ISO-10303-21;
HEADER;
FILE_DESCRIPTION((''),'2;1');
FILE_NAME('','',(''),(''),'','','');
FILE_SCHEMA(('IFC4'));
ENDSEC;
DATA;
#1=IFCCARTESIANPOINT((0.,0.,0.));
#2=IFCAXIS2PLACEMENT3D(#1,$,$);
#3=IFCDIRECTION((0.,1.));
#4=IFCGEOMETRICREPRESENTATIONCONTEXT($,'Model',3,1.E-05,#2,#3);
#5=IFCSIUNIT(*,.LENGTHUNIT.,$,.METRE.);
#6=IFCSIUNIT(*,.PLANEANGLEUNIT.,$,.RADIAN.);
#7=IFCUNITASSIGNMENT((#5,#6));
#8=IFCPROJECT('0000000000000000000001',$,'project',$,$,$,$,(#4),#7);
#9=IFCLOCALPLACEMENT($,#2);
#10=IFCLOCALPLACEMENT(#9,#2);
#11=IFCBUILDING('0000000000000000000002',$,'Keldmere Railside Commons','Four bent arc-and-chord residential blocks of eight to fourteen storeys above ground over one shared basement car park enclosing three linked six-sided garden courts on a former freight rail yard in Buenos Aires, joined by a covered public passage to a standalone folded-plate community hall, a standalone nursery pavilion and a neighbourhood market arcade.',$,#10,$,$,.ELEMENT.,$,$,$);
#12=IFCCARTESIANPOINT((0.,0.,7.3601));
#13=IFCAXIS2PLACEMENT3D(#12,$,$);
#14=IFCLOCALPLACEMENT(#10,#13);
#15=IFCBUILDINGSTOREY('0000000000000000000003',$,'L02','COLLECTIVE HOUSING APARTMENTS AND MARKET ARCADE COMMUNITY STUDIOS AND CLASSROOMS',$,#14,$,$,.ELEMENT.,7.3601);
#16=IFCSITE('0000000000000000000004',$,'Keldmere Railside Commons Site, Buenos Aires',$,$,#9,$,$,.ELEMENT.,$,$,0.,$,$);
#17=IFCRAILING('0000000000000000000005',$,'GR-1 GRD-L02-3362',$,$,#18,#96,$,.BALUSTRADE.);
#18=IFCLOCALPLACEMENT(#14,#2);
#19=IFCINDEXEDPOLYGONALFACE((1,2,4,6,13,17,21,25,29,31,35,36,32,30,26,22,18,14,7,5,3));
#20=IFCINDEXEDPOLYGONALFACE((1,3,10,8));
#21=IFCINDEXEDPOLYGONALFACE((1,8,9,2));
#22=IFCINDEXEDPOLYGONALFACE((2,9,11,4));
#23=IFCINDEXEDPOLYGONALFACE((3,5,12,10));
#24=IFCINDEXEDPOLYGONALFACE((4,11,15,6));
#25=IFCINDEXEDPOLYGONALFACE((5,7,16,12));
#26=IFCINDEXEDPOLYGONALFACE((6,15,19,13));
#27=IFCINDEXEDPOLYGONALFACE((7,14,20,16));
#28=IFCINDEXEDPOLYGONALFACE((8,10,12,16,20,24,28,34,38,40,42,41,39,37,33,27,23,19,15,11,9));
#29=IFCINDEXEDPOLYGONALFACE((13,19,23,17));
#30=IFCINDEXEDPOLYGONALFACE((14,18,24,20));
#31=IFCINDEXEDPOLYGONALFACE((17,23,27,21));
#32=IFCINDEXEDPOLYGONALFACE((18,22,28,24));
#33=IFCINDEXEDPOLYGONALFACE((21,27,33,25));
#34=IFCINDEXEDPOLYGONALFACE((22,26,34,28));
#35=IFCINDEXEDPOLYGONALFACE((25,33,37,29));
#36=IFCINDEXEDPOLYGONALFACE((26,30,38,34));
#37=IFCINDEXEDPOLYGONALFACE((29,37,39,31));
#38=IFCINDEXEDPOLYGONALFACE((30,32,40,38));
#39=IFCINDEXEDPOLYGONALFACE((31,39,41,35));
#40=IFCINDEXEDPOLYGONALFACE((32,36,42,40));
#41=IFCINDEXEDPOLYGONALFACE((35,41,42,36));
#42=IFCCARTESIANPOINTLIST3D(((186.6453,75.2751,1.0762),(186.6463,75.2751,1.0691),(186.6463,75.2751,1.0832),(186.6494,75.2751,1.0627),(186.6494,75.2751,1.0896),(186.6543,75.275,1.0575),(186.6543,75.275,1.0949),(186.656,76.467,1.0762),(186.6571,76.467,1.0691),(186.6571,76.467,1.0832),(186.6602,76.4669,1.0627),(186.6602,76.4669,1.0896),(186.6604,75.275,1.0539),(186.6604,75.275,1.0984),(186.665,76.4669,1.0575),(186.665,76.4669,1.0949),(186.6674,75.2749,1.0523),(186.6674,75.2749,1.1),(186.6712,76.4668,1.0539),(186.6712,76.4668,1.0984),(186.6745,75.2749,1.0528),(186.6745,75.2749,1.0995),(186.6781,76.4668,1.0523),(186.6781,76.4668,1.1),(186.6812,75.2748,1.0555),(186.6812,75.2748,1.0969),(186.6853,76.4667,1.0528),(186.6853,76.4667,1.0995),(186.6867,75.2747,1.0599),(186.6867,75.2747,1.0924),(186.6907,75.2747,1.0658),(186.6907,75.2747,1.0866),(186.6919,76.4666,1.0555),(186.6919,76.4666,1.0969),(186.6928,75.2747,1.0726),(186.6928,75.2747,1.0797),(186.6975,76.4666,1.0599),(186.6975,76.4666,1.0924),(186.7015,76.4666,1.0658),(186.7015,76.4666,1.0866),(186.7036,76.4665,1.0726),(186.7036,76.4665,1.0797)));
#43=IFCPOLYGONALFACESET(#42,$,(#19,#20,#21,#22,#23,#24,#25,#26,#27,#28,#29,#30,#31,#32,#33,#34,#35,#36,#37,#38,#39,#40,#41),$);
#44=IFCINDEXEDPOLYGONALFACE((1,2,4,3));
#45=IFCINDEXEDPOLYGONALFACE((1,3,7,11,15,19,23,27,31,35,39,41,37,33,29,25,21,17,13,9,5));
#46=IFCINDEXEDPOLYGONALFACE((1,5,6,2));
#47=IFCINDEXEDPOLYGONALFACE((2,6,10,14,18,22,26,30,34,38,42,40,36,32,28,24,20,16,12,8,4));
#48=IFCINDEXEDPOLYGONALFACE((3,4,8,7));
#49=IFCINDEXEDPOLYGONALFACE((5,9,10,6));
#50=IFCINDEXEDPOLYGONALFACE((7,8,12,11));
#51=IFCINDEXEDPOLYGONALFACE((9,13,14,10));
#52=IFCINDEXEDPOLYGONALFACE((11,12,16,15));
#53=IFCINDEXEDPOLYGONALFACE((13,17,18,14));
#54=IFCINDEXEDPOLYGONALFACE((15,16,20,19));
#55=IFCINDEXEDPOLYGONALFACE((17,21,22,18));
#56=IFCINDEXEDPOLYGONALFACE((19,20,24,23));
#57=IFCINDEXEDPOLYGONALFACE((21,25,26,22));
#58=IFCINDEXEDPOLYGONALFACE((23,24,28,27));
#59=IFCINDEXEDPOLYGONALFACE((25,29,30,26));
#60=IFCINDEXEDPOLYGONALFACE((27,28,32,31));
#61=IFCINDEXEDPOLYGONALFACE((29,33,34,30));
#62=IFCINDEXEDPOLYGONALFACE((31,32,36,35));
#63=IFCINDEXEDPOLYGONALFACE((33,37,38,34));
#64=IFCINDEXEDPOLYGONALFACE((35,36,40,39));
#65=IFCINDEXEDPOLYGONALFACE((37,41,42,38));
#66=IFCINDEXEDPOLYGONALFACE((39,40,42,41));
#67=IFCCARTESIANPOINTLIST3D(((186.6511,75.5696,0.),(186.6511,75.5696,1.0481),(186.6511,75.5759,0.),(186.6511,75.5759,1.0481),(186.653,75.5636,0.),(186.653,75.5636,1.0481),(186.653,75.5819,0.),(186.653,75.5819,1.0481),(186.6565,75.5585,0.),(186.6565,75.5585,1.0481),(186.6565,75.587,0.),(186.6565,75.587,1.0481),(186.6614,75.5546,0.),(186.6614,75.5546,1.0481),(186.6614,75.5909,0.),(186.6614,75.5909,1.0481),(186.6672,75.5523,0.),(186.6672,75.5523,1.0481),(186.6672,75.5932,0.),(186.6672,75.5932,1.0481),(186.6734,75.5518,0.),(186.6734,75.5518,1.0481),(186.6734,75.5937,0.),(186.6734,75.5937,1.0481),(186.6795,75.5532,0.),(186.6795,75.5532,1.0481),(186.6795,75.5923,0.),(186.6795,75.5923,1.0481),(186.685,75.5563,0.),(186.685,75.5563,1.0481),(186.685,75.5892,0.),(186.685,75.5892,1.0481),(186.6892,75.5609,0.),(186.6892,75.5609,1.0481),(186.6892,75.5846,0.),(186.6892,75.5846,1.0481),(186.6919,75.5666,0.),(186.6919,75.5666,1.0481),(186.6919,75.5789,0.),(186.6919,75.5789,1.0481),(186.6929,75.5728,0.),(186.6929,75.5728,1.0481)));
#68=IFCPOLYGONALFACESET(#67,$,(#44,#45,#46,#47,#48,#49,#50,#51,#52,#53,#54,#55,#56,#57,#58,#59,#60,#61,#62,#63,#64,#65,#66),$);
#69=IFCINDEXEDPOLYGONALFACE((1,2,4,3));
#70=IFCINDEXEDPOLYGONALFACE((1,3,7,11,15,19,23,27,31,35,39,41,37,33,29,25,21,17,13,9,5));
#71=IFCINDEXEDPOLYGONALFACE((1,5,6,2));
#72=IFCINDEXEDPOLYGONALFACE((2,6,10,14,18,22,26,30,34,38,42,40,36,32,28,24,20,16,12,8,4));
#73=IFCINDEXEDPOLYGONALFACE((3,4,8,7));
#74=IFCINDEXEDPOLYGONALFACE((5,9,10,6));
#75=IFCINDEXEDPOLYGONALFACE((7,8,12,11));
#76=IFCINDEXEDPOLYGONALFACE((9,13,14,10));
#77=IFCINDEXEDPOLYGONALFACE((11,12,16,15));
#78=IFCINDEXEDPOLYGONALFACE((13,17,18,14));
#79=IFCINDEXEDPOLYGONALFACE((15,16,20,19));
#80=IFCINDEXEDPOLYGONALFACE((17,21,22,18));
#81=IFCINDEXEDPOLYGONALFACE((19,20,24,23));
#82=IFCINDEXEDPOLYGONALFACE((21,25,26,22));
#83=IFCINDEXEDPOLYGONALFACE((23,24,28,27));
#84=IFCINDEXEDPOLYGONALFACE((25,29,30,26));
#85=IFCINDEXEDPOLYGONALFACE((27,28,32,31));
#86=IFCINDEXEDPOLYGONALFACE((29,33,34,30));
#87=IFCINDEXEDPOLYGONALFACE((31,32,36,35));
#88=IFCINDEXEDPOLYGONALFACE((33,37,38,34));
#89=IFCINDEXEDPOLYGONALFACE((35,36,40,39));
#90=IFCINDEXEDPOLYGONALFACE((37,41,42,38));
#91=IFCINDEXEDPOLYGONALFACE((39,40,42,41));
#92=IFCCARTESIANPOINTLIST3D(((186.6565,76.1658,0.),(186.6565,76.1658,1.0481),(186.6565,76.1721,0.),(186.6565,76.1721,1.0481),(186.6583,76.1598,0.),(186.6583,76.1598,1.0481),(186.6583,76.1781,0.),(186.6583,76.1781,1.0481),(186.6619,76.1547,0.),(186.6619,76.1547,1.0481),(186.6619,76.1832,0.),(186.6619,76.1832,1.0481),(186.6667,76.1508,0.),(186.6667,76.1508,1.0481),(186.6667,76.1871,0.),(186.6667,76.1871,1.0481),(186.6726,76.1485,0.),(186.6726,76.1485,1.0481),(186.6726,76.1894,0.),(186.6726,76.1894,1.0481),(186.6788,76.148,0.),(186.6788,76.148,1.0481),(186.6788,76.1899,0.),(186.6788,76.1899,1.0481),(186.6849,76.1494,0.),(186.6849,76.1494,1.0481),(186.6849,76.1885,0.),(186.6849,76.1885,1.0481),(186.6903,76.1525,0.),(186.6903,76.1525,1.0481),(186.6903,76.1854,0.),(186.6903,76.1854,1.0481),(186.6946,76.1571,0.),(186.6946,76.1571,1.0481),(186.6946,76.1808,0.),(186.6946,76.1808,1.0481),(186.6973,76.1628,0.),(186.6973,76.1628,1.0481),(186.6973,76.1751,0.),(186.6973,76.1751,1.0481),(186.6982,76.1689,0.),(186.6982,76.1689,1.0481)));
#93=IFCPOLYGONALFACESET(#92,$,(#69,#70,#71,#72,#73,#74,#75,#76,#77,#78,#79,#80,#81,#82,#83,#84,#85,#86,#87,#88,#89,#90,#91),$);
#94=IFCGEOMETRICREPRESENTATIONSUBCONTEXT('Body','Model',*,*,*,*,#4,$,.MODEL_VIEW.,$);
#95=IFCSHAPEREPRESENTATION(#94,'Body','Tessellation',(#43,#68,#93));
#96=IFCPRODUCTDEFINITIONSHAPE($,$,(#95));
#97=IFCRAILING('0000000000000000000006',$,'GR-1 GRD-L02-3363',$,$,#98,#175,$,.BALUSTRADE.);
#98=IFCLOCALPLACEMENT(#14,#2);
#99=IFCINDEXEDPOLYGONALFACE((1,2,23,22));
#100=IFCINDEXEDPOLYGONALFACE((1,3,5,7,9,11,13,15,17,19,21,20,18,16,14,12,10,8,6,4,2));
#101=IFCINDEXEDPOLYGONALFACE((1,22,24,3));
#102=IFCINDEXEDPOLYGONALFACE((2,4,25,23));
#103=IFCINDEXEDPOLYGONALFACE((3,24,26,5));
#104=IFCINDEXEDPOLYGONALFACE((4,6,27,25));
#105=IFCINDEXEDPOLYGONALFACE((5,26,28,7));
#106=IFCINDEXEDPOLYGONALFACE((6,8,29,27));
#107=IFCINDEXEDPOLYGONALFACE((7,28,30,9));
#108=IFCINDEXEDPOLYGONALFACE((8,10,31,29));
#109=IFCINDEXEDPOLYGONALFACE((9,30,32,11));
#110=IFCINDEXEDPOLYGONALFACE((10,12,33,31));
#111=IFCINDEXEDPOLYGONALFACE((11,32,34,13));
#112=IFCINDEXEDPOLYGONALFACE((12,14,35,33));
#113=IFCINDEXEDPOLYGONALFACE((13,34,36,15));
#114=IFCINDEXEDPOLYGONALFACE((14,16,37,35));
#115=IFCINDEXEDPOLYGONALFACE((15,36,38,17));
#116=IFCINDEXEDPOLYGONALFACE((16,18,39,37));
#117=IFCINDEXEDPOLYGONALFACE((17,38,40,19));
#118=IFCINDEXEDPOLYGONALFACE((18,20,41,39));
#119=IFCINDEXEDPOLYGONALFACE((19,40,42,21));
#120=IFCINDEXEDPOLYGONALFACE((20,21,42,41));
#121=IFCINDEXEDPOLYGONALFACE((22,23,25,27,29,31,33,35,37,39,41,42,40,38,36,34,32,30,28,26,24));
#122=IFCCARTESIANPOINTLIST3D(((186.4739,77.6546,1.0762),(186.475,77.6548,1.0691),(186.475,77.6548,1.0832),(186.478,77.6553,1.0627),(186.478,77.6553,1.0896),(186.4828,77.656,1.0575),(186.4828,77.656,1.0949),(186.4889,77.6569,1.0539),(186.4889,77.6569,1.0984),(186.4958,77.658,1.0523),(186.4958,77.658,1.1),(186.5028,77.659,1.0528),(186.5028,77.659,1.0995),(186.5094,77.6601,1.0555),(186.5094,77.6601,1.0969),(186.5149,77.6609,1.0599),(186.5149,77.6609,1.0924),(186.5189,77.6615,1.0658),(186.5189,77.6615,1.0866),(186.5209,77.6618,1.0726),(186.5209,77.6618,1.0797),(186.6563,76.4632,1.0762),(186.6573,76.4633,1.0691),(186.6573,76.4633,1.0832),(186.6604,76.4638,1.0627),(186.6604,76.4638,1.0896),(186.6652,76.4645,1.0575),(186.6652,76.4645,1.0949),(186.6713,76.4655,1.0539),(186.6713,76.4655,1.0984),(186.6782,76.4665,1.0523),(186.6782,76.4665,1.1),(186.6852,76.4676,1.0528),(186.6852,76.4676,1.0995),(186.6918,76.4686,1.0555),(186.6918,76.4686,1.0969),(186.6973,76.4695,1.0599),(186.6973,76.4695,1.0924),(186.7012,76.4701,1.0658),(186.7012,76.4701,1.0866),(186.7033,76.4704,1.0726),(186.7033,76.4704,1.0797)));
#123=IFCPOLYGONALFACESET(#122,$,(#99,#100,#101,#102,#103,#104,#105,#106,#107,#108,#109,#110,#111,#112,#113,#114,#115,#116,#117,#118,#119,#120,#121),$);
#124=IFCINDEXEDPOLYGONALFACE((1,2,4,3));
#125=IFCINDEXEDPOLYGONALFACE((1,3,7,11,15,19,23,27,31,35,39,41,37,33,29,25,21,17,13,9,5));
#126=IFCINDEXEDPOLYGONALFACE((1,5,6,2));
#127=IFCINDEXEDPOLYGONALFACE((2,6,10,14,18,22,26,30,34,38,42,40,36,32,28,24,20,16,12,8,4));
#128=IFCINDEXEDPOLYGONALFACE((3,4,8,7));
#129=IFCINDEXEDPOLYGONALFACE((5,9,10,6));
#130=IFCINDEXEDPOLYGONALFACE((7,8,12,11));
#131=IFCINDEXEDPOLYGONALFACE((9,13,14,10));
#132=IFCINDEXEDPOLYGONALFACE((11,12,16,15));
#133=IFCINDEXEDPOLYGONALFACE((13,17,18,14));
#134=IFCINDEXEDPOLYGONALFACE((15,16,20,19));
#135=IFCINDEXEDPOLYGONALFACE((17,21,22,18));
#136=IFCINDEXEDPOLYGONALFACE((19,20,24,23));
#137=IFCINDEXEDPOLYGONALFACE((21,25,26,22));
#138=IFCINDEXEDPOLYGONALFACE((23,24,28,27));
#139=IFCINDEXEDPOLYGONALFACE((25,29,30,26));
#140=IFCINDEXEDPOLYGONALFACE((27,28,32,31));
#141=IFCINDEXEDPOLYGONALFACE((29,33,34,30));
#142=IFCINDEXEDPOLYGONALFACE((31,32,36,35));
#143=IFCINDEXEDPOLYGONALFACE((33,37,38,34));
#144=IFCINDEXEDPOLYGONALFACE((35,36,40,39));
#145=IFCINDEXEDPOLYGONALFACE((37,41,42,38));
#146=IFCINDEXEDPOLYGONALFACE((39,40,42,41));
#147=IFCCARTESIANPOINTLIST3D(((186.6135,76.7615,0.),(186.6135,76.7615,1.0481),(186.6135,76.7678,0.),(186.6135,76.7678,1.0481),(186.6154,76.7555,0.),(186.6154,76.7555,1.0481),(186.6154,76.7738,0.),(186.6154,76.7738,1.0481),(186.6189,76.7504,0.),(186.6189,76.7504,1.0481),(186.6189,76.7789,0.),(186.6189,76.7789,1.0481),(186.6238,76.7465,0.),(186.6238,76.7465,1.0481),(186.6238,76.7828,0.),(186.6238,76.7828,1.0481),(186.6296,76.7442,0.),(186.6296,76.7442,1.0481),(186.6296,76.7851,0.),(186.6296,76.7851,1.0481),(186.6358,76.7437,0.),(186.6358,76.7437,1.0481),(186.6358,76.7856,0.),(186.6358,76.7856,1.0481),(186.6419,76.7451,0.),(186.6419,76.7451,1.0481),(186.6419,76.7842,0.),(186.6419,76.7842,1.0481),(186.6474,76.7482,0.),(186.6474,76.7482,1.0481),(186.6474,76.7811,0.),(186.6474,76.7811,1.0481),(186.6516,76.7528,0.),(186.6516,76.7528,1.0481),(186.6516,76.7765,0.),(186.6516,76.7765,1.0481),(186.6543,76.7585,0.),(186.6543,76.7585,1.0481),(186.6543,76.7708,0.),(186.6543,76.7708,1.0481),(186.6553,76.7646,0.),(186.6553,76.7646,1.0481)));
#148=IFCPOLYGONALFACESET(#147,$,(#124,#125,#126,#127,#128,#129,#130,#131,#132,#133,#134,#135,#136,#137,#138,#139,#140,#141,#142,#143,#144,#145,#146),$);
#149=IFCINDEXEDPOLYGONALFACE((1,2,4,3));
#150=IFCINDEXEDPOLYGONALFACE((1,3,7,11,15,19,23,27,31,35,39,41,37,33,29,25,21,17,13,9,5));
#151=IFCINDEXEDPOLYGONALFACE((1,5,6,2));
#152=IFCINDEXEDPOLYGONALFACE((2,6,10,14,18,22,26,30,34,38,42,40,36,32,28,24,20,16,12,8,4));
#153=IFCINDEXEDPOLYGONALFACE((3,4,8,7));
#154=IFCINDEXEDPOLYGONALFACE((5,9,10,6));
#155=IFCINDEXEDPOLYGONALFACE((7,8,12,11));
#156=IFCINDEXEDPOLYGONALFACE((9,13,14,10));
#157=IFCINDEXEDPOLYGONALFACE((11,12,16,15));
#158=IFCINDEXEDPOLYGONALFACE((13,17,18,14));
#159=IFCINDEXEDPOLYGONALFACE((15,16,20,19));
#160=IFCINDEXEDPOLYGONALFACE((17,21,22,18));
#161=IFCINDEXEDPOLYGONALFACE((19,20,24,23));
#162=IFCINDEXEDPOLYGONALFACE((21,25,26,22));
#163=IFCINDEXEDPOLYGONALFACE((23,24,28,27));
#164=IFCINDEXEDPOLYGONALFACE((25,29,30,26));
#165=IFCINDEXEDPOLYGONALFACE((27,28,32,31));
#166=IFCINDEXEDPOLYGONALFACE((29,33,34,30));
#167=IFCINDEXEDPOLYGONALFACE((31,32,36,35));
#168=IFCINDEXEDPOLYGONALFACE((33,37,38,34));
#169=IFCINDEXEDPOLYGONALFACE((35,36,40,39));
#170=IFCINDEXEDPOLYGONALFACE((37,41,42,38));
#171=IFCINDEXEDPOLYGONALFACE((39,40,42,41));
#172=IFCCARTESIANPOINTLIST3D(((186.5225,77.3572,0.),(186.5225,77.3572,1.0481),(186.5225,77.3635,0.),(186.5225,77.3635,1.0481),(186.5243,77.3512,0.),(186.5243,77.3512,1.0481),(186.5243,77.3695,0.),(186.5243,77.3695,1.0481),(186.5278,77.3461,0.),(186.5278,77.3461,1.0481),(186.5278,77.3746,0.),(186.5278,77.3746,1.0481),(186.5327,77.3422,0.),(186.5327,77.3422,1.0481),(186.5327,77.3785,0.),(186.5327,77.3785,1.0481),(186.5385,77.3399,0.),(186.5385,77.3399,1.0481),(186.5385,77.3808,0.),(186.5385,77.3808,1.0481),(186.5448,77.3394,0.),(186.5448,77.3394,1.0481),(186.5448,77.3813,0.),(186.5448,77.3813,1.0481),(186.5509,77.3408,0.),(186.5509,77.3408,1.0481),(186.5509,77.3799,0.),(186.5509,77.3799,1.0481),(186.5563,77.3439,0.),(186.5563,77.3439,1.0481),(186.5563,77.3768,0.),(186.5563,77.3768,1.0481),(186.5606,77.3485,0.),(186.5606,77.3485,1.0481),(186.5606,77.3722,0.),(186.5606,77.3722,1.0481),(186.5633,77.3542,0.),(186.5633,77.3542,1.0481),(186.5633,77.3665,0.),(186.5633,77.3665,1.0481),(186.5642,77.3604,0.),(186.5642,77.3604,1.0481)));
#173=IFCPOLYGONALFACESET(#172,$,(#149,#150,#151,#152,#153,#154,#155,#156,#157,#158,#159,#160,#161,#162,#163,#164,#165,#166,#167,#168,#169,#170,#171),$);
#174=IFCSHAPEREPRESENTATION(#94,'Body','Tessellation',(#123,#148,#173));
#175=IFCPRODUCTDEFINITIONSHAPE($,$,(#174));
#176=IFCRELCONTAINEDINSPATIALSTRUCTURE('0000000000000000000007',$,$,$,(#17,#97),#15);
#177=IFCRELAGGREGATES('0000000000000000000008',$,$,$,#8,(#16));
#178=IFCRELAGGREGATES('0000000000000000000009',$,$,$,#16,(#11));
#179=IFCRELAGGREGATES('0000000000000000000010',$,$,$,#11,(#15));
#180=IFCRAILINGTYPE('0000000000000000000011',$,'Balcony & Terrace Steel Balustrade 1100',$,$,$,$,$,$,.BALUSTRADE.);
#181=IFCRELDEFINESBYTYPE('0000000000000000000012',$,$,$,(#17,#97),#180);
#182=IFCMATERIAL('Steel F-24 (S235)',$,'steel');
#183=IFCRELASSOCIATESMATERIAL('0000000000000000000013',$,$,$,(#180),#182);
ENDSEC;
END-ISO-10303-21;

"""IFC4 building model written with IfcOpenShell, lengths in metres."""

from ifc_helpers import new_model, si_unit, direction, frame, origin, origin_2d, place, context, subcontext, project, spatial, circle, extrude, material, type_object, element, save


model = new_model("IFC4")

# Units and contexts
model_context = context("Model", 3, precision=1e-05, world=origin(), true_north=direction((0.0, 1.0)))
body_context = subcontext(model_context, "Body", "Model", "MODEL_VIEW")
ifc_project = project(units=[si_unit("LENGTHUNIT", "METRE"), si_unit("PLANEANGLEUNIT", "RADIAN")], contexts=[model_context])

# Site, building, storey
site_placement = place(None, origin())
site = spatial("IfcSite", under=ifc_project, at=site_placement, Name="Keldmere Railside Commons Site, Buenos Aires", CompositionType="ELEMENT", RefElevation=0.0)
building_placement = place(site_placement, origin())
building = spatial("IfcBuilding", under=site, at=building_placement, Name="Keldmere Railside Commons", Description="Four bent arc-and-chord residential blocks of eight to fourteen storeys above ground over one shared basement car park enclosing three linked six-sided garden courts on a former freight rail yard in Buenos Aires, joined by a covered public passage to a standalone folded-plate community hall, a standalone nursery pavilion and a neighbourhood market arcade.", CompositionType="ELEMENT")
storey_placement = place(building_placement, frame((0.0, 0.0, 7.3601)))
storey = spatial("IfcBuildingStorey", under=building, at=storey_placement, Name="L02", Description="COLLECTIVE HOUSING APARTMENTS AND MARKET ARCADE COMMUNITY STUDIOS AND CLASSROOMS", CompositionType="ELEMENT", Elevation=7.3601)

# Shared definitions
ifc_material_1 = material(Name="Steel F-24 (S235)", Category="steel")

# Railings
railing_type_1 = type_object("IfcRailingType", Name="Balcony & Terrace Steel Balustrade 1100", PredefinedType="BALUSTRADE", material=ifc_material_1)
railing_1_placement = place(storey_placement, frame((186.6692, 75.2749, 0.0)))
element("IfcRailing", 1, at=railing_1_placement, inside=storey, type_object=railing_type_1, Name="GR-1 GRD-L02-3362", PredefinedType="BALUSTRADE", context=body_context, shape_type="SweptSolid", body=[
    extrude(circle(Radius=0.0239, at=origin_2d()), frame((0.0, 0.0, 1.0762), z_axis=(0.009012, 0.999959, 0.0), x_axis=(-0.999959, 0.009012, 0.0)), (0.0, 0.0, 1.0), 1.1919),
    extrude(circle(Radius=0.021, at=origin_2d()), frame((0.0027, 0.2979, 0.0)), (0.0, 0.0, 1.0), 1.0481),
    extrude(circle(Radius=0.021, at=origin_2d()), frame((0.0081, 0.894, 0.0)), (0.0, 0.0, 1.0), 1.0481),
])
railing_2_placement = place(storey_placement, frame((186.6799, 76.4668, 0.0)))
element("IfcRailing", 2, at=railing_2_placement, inside=storey, type_object=railing_type_1, Name="GR-1 GRD-L02-3363", PredefinedType="BALUSTRADE", context=body_context, shape_type="SweptSolid", body=[
    extrude(circle(Radius=0.0239, at=origin_2d()), frame((0.0, 0.0, 1.0762), z_axis=(-0.151311, 0.988486, 0.0), x_axis=(-0.988486, -0.151311, 0.0)), (0.0, 0.0, 1.0), 1.2053),
    extrude(circle(Radius=0.021, at=origin_2d()), frame((-0.0457, 0.2979, 0.0)), (0.0, 0.0, 1.0), 1.0481),
    extrude(circle(Radius=0.021, at=origin_2d()), frame((-0.1367, 0.8936, 0.0)), (0.0, 0.0, 1.0), 1.0481),
])

save(model, "model.ifc")
